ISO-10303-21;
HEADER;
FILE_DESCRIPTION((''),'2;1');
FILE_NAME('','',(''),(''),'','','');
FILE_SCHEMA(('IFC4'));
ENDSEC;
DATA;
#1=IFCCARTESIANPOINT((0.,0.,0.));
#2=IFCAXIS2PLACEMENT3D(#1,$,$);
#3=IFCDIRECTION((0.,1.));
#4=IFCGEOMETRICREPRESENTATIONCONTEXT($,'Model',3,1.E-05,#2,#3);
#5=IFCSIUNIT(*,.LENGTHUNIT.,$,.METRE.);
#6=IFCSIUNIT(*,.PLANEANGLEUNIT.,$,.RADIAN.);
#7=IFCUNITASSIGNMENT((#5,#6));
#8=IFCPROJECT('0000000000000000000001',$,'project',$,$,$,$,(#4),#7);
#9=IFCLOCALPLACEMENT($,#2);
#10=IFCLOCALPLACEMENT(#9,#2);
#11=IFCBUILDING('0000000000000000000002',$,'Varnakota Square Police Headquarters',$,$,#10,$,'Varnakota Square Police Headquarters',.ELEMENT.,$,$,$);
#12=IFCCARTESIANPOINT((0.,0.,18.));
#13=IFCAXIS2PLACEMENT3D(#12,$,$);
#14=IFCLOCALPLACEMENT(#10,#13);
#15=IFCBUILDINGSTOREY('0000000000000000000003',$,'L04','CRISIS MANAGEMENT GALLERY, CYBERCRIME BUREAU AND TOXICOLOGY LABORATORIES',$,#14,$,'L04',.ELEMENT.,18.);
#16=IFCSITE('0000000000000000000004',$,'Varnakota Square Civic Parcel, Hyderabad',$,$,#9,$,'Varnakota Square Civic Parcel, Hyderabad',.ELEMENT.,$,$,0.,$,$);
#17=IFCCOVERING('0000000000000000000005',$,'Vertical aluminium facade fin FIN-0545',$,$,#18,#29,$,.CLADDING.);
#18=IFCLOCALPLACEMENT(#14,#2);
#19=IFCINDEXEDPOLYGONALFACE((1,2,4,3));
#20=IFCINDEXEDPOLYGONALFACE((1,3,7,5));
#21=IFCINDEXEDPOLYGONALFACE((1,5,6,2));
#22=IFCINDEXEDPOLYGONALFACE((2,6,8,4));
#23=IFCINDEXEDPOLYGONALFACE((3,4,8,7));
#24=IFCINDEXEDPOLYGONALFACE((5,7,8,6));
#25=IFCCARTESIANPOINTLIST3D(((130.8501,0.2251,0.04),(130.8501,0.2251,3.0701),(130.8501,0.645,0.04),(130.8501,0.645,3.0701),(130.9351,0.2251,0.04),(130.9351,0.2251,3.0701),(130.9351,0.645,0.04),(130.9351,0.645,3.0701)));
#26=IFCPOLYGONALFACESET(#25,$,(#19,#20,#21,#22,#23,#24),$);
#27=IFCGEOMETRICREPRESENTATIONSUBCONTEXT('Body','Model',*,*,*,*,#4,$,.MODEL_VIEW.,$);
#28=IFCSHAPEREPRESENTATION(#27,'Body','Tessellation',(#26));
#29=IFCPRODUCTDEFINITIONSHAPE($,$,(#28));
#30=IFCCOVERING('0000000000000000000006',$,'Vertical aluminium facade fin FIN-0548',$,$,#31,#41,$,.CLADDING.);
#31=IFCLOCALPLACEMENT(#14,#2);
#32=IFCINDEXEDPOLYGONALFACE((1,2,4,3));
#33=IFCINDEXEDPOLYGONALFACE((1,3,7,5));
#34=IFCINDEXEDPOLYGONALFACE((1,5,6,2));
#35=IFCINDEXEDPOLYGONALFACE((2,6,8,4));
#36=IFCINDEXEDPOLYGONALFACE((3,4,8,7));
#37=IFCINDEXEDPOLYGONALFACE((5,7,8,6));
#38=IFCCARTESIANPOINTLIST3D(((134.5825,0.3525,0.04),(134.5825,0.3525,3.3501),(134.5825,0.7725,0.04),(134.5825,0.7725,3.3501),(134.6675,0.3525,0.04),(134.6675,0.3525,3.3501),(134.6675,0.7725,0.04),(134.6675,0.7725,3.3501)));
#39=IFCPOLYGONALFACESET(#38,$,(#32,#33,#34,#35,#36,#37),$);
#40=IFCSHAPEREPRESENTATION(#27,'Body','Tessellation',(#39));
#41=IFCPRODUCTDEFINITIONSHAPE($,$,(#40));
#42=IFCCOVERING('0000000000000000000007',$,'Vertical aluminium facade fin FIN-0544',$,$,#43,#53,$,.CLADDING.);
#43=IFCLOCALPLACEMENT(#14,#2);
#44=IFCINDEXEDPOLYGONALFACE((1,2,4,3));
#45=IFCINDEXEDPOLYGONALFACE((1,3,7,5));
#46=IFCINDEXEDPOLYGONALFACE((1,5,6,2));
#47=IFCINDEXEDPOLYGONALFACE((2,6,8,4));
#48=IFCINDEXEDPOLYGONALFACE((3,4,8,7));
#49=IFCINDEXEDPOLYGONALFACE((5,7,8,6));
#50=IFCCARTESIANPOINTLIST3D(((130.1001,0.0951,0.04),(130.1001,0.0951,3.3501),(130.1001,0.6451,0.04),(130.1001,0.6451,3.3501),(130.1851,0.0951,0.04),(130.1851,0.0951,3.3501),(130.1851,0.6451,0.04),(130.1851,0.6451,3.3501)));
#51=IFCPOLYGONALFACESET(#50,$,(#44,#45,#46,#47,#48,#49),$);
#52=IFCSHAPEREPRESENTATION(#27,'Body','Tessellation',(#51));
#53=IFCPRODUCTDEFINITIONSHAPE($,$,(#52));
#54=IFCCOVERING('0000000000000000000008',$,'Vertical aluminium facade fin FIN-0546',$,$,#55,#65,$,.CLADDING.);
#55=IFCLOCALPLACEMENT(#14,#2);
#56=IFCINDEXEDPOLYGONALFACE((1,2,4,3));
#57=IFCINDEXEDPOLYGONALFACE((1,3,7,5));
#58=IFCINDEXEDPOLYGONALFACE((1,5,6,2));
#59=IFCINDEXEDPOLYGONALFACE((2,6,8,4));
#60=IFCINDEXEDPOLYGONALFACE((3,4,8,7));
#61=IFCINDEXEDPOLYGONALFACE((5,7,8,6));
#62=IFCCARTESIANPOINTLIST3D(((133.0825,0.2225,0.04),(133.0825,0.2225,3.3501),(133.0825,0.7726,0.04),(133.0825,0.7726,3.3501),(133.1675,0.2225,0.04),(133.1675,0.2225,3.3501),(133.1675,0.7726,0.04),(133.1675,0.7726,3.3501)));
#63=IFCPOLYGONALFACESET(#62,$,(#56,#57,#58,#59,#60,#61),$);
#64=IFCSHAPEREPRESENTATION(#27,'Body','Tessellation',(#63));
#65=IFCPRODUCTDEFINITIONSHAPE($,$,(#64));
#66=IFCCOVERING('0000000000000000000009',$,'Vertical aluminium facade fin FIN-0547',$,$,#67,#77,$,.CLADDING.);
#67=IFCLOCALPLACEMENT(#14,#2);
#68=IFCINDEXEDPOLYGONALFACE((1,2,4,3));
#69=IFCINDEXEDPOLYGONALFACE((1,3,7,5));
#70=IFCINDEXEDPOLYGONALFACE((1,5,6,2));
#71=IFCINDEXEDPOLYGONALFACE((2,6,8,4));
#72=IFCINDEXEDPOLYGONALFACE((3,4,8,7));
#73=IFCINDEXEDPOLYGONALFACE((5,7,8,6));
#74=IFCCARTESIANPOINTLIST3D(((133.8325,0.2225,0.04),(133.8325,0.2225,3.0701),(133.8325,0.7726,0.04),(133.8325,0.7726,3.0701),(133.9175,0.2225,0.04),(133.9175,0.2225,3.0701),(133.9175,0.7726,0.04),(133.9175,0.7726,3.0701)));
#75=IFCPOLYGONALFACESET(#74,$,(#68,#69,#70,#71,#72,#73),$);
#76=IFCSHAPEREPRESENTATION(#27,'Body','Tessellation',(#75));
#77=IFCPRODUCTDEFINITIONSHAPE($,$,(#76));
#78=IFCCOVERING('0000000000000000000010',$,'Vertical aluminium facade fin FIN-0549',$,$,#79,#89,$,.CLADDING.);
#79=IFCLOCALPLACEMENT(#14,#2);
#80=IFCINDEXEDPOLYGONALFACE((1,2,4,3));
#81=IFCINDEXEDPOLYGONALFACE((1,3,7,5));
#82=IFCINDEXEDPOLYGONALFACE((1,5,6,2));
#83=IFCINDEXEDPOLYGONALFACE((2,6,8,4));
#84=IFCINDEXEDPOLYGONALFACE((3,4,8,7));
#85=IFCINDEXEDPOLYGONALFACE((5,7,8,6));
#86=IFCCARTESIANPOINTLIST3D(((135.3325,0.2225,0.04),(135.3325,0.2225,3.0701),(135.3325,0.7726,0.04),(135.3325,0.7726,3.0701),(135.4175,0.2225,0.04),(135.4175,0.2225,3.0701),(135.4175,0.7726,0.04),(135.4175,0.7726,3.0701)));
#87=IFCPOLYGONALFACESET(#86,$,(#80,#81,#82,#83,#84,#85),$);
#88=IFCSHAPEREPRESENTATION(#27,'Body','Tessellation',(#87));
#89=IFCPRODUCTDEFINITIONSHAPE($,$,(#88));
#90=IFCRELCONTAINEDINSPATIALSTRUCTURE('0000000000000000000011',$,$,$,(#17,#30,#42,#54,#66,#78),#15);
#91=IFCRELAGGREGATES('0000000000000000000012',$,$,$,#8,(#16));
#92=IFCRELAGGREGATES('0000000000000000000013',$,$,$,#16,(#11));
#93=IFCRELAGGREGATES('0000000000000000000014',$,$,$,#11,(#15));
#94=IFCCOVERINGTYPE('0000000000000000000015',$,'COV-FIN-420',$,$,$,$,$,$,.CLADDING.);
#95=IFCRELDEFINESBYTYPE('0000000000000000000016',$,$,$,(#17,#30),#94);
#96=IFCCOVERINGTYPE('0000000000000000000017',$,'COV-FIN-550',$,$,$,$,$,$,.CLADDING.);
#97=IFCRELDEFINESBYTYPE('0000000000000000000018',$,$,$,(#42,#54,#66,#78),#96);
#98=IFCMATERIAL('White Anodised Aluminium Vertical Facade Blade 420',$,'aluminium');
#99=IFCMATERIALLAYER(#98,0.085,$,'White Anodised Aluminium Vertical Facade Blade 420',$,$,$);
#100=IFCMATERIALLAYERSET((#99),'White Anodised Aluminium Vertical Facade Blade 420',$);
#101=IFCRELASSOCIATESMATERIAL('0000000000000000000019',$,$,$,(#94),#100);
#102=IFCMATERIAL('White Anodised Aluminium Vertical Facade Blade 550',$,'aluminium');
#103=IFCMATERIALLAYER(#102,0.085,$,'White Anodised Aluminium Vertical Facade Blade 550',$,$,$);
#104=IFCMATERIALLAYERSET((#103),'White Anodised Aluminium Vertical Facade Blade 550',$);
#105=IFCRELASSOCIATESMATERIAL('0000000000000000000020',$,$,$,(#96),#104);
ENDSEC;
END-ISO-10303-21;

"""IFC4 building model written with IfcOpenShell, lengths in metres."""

from ifc_helpers import new_model, si_unit, direction, frame, origin, origin_2d, place, context, subcontext, project, spatial, rectangle, extrude, material, layer, layer_set, type_object, element, save


model = new_model("IFC4")

# Units and contexts
model_context = context("Model", 3, precision=1e-05, world=origin(), true_north=direction((0.0, 1.0)))
body_context = subcontext(model_context, "Body", "Model", "MODEL_VIEW")
ifc_project = project(units=[si_unit("LENGTHUNIT", "METRE"), si_unit("PLANEANGLEUNIT", "RADIAN")], contexts=[model_context])

# Site, building, storey
site_placement = place(None, origin())
site = spatial("IfcSite", under=ifc_project, at=site_placement, Name="Varnakota Square Civic Parcel, Hyderabad", LongName="Varnakota Square Civic Parcel, Hyderabad", CompositionType="ELEMENT", RefElevation=0.0)
building_placement = place(site_placement, origin())
building = spatial("IfcBuilding", under=site, at=building_placement, Name="Varnakota Square Police Headquarters", LongName="Varnakota Square Police Headquarters", CompositionType="ELEMENT")
storey_placement = place(building_placement, frame((0.0, 0.0, 18.0)))
storey = spatial("IfcBuildingStorey", under=building, at=storey_placement, Name="L04", Description="CRISIS MANAGEMENT GALLERY, CYBERCRIME BUREAU AND TOXICOLOGY LABORATORIES", LongName="L04", CompositionType="ELEMENT", Elevation=18.0)

# Coverings
ifc_material_1 = material(Name="White Anodised Aluminium Vertical Facade Blade 420", Category="aluminium")
ifc_layer_1 = layer(ifc_material_1, 0.085, Name="White Anodised Aluminium Vertical Facade Blade 420")
ifc_layer_set_1 = layer_set([ifc_layer_1], Name="White Anodised Aluminium Vertical Facade Blade 420")
covering_type_1 = type_object("IfcCoveringType", Name="COV-FIN-420", PredefinedType="CLADDING", material=ifc_layer_set_1)
covering_1_placement = place(storey_placement, frame((130.8926, 0.4351, 0.04), z_axis=(0.0, 0.0, 1.0), x_axis=(1.0, 0.0, 0.0)))
element("IfcCovering", 1, at=covering_1_placement, inside=storey, type_object=covering_type_1, Name="Vertical aluminium facade fin FIN-0545", PredefinedType="CLADDING", context=body_context, shape_type="SweptSolid", body=[
    extrude(rectangle(XDim=0.085, YDim=0.4199, at=origin_2d()), origin(), (0.0, 0.0, 1.0), 3.03),
])
covering_2_placement = place(storey_placement, frame((134.625, 0.5625, 0.04), z_axis=(0.0, 0.0, 1.0), x_axis=(1.0, 0.0, 0.0)))
element("IfcCovering", 2, at=covering_2_placement, inside=storey, type_object=covering_type_1, Name="Vertical aluminium facade fin FIN-0548", PredefinedType="CLADDING", context=body_context, shape_type="SweptSolid", body=[
    extrude(rectangle(XDim=0.085, YDim=0.4199, at=origin_2d()), origin(), (0.0, 0.0, 1.0), 3.3101),
])
ifc_material_2 = material(Name="White Anodised Aluminium Vertical Facade Blade 550", Category="aluminium")
ifc_layer_2 = layer(ifc_material_2, 0.085, Name="White Anodised Aluminium Vertical Facade Blade 550")
ifc_layer_set_2 = layer_set([ifc_layer_2], Name="White Anodised Aluminium Vertical Facade Blade 550")
covering_type_2 = type_object("IfcCoveringType", Name="COV-FIN-550", PredefinedType="CLADDING", material=ifc_layer_set_2)
for number, where, z_axis, x_axis, name in (
    (3, (130.1426, 0.3701, 0.04), (0.0, 0.0, 1.0), (1.0, 0.0, 0.0), "Vertical aluminium facade fin FIN-0544"),
    (4, (133.125, 0.4976, 0.04), (0.0, 0.0, 1.0), (1.0, 0.0, 0.0), "Vertical aluminium facade fin FIN-0546"),
):
    element("IfcCovering", number, at=place(storey_placement, frame(where, z_axis=z_axis, x_axis=x_axis)), inside=storey, type_object=covering_type_2, Name=name, PredefinedType="CLADDING", context=body_context, shape_type="SweptSolid", body=[
        extrude(rectangle(XDim=0.085, YDim=0.55, at=origin_2d()), origin(), (0.0, 0.0, 1.0), 3.3101),
    ])
for number, where, z_axis, x_axis, name in (
    (5, (133.875, 0.4976, 0.04), (0.0, 0.0, 1.0), (1.0, 0.0, 0.0), "Vertical aluminium facade fin FIN-0547"),
    (6, (135.375, 0.4976, 0.04), (0.0, 0.0, 1.0), (1.0, 0.0, 0.0), "Vertical aluminium facade fin FIN-0549"),
):
    element("IfcCovering", number, at=place(storey_placement, frame(where, z_axis=z_axis, x_axis=x_axis)), inside=storey, type_object=covering_type_2, Name=name, PredefinedType="CLADDING", context=body_context, shape_type="SweptSolid", body=[
        extrude(rectangle(XDim=0.085, YDim=0.55, at=origin_2d()), origin(), (0.0, 0.0, 1.0), 3.03),
    ])

save(model, "model.ifc")
